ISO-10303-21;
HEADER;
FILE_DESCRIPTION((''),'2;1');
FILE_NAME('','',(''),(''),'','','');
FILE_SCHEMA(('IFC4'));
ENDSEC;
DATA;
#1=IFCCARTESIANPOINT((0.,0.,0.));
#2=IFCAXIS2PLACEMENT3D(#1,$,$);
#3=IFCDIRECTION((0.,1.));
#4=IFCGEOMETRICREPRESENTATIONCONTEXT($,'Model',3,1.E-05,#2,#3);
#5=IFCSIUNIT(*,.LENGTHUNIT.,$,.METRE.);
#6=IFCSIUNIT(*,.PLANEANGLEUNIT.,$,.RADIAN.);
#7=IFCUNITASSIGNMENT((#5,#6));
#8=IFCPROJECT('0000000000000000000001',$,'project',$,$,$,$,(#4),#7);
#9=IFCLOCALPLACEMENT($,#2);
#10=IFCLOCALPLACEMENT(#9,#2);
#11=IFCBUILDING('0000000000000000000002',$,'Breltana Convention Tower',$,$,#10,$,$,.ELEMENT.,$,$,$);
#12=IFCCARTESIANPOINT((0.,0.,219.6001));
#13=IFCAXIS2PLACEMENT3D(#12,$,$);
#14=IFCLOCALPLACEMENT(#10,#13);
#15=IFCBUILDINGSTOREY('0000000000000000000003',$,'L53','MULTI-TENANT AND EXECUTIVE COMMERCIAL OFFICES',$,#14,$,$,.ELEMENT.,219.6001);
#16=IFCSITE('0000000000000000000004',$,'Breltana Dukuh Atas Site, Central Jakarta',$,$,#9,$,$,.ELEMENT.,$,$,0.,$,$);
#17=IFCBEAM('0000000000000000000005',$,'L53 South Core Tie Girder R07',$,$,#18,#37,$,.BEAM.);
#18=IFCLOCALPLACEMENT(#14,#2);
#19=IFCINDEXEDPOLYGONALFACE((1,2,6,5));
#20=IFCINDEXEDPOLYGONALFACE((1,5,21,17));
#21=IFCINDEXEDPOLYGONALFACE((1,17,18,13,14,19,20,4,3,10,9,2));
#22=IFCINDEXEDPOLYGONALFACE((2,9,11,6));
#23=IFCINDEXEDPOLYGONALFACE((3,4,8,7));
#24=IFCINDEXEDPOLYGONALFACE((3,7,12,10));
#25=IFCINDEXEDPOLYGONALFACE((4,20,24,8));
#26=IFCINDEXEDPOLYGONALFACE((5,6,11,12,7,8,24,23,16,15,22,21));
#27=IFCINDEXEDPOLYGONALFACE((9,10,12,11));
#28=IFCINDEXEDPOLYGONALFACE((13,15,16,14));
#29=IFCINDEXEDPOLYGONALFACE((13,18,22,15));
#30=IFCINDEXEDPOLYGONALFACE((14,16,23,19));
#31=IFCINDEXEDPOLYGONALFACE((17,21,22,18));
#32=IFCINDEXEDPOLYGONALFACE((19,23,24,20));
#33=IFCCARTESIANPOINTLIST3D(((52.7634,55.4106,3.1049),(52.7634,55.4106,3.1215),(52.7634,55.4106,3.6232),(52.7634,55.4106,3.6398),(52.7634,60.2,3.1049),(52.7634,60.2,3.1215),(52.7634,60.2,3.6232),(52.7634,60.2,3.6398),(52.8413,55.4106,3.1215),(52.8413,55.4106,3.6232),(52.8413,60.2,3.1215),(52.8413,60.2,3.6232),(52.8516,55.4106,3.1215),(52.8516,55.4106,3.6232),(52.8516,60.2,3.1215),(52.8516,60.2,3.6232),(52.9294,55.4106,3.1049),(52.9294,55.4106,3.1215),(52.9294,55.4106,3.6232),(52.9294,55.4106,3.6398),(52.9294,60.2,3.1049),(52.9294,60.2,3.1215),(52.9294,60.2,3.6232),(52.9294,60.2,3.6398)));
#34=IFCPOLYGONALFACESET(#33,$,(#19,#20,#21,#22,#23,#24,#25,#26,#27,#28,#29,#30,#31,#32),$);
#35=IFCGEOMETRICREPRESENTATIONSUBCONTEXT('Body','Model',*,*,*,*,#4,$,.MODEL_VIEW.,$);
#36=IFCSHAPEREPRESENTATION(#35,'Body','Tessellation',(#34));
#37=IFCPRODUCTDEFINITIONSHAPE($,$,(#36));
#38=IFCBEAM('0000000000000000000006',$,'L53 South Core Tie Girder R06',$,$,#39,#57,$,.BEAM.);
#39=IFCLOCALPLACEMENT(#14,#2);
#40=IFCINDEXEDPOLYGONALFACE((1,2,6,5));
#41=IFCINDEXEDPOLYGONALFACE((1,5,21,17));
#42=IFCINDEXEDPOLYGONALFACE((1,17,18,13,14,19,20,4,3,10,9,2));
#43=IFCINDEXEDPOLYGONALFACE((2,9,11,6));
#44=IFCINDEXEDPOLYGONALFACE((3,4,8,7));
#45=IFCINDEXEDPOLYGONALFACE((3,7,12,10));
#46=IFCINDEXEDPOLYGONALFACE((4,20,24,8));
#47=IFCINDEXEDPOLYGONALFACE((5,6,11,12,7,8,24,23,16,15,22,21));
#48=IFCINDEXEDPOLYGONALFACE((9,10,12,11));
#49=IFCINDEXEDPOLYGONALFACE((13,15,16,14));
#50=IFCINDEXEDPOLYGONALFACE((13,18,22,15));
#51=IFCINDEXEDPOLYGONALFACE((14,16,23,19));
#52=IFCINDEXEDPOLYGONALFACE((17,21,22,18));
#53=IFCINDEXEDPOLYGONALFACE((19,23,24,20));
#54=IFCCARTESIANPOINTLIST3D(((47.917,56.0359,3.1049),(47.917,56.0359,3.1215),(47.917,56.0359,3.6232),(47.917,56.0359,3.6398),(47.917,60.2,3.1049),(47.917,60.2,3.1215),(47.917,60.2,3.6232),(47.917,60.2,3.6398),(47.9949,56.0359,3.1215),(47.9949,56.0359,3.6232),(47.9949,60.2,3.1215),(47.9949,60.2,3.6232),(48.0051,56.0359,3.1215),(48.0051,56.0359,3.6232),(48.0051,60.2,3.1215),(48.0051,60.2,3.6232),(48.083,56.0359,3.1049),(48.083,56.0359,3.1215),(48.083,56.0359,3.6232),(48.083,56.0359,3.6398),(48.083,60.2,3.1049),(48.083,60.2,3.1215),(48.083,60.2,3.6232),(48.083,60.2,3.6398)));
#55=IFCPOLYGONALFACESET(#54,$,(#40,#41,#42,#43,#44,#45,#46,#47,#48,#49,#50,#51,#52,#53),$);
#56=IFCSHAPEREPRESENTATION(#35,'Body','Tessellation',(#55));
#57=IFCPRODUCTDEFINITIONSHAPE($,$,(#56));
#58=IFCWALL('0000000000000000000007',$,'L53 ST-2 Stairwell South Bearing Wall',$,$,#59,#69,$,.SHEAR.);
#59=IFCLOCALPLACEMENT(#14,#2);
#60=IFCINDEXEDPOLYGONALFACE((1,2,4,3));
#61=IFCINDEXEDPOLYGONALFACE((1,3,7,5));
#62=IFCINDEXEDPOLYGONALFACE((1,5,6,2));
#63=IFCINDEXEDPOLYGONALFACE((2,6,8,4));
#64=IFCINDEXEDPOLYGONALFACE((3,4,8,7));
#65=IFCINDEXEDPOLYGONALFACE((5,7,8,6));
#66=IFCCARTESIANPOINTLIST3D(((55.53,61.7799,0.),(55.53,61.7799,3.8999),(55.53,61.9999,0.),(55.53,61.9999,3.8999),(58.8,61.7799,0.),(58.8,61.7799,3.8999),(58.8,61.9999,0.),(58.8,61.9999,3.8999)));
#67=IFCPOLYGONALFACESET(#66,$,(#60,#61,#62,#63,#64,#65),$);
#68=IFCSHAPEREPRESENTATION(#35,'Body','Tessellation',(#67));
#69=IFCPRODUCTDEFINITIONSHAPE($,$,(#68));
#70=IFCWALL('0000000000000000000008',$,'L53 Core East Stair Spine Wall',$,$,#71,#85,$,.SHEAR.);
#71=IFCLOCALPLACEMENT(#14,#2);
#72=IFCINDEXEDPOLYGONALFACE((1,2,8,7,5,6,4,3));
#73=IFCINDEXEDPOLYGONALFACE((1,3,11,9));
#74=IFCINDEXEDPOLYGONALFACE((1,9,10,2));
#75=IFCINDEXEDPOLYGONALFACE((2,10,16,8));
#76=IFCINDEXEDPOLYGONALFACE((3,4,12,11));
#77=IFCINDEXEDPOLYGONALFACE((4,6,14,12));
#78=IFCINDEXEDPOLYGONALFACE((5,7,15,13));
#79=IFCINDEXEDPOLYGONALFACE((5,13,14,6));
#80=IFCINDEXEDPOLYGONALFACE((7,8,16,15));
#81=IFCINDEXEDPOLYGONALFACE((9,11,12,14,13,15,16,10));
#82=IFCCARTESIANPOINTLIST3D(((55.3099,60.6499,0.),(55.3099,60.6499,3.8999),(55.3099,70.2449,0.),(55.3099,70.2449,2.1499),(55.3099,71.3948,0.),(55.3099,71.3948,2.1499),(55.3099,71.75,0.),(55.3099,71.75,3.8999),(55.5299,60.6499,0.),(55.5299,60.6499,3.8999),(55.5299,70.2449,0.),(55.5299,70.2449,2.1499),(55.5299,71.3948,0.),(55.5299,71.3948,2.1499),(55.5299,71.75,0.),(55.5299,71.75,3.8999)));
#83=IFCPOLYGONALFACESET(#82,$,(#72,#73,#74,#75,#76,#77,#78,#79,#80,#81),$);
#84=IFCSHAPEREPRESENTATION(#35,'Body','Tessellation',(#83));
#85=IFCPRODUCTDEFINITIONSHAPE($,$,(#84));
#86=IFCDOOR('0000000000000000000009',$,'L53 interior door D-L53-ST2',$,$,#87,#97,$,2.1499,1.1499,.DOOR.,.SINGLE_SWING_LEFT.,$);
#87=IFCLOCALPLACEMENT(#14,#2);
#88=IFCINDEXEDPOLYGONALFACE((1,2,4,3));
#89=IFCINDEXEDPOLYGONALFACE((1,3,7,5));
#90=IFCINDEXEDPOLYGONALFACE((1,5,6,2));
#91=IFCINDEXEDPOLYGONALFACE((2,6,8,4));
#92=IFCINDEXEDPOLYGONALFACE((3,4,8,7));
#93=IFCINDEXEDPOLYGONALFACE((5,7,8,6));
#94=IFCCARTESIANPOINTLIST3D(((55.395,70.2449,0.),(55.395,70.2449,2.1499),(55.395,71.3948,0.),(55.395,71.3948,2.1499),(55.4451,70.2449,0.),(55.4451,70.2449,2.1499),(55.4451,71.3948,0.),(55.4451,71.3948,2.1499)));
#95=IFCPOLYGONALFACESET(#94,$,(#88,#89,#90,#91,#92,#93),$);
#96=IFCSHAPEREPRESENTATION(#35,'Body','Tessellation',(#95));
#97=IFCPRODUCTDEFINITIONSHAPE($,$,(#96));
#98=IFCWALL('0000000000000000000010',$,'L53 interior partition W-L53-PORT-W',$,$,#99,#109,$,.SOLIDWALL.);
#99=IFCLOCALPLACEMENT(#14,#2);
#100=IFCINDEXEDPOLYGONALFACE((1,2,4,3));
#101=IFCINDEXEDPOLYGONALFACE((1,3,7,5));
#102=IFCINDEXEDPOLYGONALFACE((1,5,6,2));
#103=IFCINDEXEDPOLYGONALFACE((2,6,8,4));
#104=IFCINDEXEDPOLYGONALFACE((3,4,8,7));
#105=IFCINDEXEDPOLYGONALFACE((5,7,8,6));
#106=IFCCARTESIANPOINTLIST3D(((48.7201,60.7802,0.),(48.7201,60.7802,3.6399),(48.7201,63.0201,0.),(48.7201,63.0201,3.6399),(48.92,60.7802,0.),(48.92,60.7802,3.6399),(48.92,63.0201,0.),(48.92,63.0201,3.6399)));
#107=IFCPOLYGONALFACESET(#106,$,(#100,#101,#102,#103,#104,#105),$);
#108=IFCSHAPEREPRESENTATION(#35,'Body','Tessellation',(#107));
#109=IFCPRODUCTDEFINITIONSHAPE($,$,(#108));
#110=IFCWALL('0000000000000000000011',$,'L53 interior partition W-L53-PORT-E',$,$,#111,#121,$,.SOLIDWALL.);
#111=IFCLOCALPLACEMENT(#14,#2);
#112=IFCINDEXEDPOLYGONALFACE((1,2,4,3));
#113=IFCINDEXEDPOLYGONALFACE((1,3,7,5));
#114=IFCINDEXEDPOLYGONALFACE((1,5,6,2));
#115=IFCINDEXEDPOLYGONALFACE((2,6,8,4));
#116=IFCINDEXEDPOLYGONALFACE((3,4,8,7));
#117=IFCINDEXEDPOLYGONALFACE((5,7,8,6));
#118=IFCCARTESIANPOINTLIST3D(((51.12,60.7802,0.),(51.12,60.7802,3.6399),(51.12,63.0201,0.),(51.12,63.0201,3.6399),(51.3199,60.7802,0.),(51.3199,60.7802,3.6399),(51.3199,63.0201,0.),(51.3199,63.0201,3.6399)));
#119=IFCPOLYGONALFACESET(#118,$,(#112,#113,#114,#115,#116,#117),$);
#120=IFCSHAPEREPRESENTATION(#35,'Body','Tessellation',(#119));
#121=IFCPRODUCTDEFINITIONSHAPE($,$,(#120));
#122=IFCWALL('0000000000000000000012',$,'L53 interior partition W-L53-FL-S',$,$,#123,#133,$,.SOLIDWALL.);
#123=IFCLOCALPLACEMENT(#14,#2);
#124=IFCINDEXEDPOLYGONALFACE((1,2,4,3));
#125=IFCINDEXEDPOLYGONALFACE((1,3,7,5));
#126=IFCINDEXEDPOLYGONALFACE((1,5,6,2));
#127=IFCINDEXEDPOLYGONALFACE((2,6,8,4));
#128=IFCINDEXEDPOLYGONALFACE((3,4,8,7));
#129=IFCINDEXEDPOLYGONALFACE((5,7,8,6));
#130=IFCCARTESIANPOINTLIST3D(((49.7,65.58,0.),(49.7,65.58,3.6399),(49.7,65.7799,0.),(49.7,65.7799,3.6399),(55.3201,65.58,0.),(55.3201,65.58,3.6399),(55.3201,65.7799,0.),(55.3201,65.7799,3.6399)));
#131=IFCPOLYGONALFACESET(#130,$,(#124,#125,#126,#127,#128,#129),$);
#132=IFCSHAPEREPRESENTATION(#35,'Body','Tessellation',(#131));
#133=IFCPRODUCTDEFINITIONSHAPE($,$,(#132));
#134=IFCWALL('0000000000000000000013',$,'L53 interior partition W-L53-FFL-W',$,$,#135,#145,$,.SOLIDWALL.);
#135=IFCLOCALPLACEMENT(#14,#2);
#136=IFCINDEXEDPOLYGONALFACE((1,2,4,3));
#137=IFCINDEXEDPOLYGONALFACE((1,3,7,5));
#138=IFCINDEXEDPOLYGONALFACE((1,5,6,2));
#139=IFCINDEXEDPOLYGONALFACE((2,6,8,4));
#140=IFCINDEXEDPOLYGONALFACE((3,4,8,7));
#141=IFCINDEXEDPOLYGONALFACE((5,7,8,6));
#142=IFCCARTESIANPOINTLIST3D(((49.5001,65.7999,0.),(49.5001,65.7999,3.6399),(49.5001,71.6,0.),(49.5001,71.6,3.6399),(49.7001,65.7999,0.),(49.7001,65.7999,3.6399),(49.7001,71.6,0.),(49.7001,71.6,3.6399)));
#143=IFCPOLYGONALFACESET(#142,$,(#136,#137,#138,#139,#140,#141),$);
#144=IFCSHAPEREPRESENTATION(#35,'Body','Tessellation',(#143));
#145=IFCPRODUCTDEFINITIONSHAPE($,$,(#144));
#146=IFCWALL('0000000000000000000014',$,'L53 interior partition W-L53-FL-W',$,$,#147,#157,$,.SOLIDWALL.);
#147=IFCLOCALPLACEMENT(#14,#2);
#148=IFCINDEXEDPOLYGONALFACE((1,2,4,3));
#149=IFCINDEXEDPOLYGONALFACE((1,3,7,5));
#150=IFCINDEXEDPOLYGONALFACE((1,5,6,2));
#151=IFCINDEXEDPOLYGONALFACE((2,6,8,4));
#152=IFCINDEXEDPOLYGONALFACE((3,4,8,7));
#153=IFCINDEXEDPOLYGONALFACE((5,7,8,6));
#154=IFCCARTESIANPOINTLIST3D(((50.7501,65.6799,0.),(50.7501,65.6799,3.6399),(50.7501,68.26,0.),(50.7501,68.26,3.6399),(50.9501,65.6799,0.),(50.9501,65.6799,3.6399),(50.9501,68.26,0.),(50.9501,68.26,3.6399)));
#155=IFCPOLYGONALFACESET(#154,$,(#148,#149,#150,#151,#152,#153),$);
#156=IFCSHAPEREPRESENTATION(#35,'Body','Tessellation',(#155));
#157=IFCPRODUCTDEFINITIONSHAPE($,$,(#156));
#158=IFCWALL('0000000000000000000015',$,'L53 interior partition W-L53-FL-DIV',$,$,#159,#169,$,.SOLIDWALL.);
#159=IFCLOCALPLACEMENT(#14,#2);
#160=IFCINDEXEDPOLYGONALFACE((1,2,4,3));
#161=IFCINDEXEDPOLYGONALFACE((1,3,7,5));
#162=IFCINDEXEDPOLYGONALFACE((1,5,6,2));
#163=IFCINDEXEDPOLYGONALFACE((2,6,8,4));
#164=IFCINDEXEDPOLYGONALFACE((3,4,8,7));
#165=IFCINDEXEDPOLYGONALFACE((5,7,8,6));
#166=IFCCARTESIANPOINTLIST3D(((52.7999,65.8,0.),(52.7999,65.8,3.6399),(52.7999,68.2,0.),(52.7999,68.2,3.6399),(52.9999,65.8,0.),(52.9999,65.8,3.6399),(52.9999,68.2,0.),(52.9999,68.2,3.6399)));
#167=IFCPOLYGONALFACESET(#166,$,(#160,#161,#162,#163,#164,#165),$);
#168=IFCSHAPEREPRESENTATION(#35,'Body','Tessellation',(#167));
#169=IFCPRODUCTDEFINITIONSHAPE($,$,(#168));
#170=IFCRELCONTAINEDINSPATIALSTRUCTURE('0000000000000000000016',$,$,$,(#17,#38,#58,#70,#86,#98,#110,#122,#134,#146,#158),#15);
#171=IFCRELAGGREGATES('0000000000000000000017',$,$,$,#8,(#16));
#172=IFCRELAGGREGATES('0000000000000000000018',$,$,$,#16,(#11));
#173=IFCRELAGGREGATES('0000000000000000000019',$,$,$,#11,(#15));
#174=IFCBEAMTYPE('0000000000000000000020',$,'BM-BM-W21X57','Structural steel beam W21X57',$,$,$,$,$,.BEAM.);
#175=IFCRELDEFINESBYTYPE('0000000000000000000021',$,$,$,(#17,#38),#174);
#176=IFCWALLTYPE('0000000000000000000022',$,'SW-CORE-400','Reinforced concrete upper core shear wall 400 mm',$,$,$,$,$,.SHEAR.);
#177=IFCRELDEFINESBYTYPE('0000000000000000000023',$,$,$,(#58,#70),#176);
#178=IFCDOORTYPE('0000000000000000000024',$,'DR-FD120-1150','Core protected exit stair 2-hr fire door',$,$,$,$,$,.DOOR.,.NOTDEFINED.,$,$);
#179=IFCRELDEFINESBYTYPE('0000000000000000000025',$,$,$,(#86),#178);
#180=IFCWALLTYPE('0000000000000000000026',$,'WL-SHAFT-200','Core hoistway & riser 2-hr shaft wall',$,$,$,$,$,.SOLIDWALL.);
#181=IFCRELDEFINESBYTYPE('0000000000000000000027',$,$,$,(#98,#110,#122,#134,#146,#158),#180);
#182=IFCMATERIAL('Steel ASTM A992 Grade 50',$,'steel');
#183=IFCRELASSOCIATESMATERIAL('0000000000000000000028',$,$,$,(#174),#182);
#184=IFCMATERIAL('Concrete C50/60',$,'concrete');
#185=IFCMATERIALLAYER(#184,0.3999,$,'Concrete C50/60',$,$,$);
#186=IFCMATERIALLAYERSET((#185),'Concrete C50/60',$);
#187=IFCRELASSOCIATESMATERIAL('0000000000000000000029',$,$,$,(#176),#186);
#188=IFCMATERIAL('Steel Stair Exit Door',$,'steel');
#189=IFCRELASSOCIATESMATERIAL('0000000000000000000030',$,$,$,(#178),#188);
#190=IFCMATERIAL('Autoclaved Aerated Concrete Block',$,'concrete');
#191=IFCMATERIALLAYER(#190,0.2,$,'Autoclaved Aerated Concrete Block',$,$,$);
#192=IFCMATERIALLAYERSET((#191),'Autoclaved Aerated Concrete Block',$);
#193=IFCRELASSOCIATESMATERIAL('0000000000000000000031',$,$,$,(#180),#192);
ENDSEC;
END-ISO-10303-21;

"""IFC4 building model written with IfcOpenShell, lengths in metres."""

from ifc_helpers import new_model, si_unit, direction, frame, frame_2d, origin, origin_2d, place, context, subcontext, project, spatial, rectangle, i_section, extrude, source, transform, mapped, material, layer, layer_set, material_profile, profile_set, type_object, type_shapes, element, fill, save


model = new_model("IFC4")

# Units and contexts
model_context = context("Model", 3, precision=1e-05, world=origin(), true_north=direction((0.0, 1.0)))
body_context = subcontext(model_context, "Body", "Model", "MODEL_VIEW")
ifc_project = project(units=[si_unit("LENGTHUNIT", "METRE"), si_unit("PLANEANGLEUNIT", "RADIAN")], contexts=[model_context])

# Site, building, storey
site_placement = place(None, origin())
site = spatial("IfcSite", under=ifc_project, at=site_placement, Name="Breltana Dukuh Atas Site, Central Jakarta", CompositionType="ELEMENT", RefElevation=0.0)
building_placement = place(site_placement, origin())
building = spatial("IfcBuilding", under=site, at=building_placement, Name="Breltana Convention Tower", CompositionType="ELEMENT")
storey_placement = place(building_placement, frame((0.0, 0.0, 219.6001)))
storey = spatial("IfcBuildingStorey", under=building, at=storey_placement, Name="L53", Description="MULTI-TENANT AND EXECUTIVE COMMERCIAL OFFICES", CompositionType="ELEMENT", Elevation=219.6001)

# Beams
ifc_material_1 = material(Name="Steel ASTM A992 Grade 50", Category="steel")
ifc_material_profile = material_profile(ifc_material_1, i_section(OverallWidth=0.166, OverallDepth=0.5349, WebThickness=0.0103, FlangeThickness=0.0166, at=origin_2d()), Name="W21X57")
ifc_profile_set = profile_set([ifc_material_profile], Name="Steel ASTM A992 Grade 50")
beam_type = type_object("IfcBeamType", Name="BM-BM-W21X57", Description="Structural steel beam W21X57", PredefinedType="BEAM", material=ifc_profile_set)
shared_shape_1 = source(origin(), body_context, "Body", "SweptSolid", [
    extrude(i_section(OverallWidth=0.166, OverallDepth=0.5349, WebThickness=0.0103, FlangeThickness=0.0166, at=origin_2d()), origin(), (0.0, 0.0, 1.0), 4.7893),
])
beam_1_placement = place(storey_placement, frame((52.8464, 60.2, 3.3723), z_axis=(0.0, -1.0, 0.0), x_axis=(1.0, 0.0, 0.0)))
element("IfcBeam", 1, at=beam_1_placement, inside=storey, type_object=beam_type, Name="L53 South Core Tie Girder R07", PredefinedType="BEAM", context=body_context, shape_type="MappedRepresentation", body=[
    mapped(shared_shape_1, transform((0.0, 0.0, 0.0), scale=1.0)),
])
shared_shape_2 = source(origin(), body_context, "Body", "SweptSolid", [
    extrude(i_section(OverallWidth=0.166, OverallDepth=0.5349, WebThickness=0.0103, FlangeThickness=0.0166, at=origin_2d()), origin(), (0.0, 0.0, 1.0), 4.1641),
])
beam_2_placement = place(storey_placement, frame((48.0, 60.2, 3.3723), z_axis=(0.0, -1.0, 0.0), x_axis=(1.0, 0.0, 0.0)))
element("IfcBeam", 2, at=beam_2_placement, inside=storey, type_object=beam_type, Name="L53 South Core Tie Girder R06", PredefinedType="BEAM", context=body_context, shape_type="MappedRepresentation", body=[
    mapped(shared_shape_2, transform((0.0, 0.0, 0.0), scale=1.0)),
])

# Wall
ifc_material_2 = material(Name="Concrete C50/60", Category="concrete")
ifc_layer_1 = layer(ifc_material_2, 0.3999, Name="Concrete C50/60")
ifc_layer_set_1 = layer_set([ifc_layer_1], Name="Concrete C50/60")
wall_type_1 = type_object("IfcWallType", Name="SW-CORE-400", Description="Reinforced concrete upper core shear wall 400 mm", PredefinedType="SHEAR", material=ifc_layer_set_1)
shared_shape_3 = source(origin(), body_context, "Body", "SweptSolid", [
    extrude(rectangle(XDim=3.27, YDim=0.22, at=frame_2d((1.635, 0.0))), origin(), (0.0, 0.0, 1.0), 3.8999),
])
wall_1_placement = place(storey_placement, frame((55.53, 61.8899, 0.0), z_axis=(0.0, 0.0, 1.0), x_axis=(1.0, 0.0, 0.0)))
element("IfcWall", 3, at=wall_1_placement, inside=storey, type_object=wall_type_1, Name="L53 ST-2 Stairwell South Bearing Wall", PredefinedType="SHEAR", context=body_context, shape_type="MappedRepresentation", body=[
    mapped(shared_shape_3, transform((0.0, 0.0, 0.0), scale=1.0)),
])

# Wall, opening, door
shared_shape_4 = source(origin(), body_context, "Body", "SweptSolid", [
    extrude(rectangle(XDim=11.1001, YDim=0.22, at=frame_2d((5.55, 0.0))), origin(), (0.0, 0.0, 1.0), 3.8999),
])
wall_2_placement = place(storey_placement, frame((55.4199, 60.6499, 0.0), z_axis=(0.0, 0.0, 1.0), x_axis=(0.0, 1.0, 0.0)))
wall_2 = element("IfcWall", 4, at=wall_2_placement, inside=storey, type_object=wall_type_1, Name="L53 Core East Stair Spine Wall", PredefinedType="SHEAR", context=body_context, shape_type="MappedRepresentation", body=[
    mapped(shared_shape_4, transform((0.0, 0.0, 0.0), scale=1.0)),
])
opening_1_placement = place(wall_2_placement, frame((9.595, 0.0, 0.0)))
opening_1 = element("IfcOpeningElement", 5, at=opening_1_placement, cuts=wall_2, PredefinedType="OPENING", context=body_context, shape_type="SweptSolid", body=[
    extrude(rectangle(XDim=1.1499, YDim=2.1499, at=frame_2d((0.575, 1.075))), frame((0.0, 0.1201, 0.0), z_axis=(0.0, -1.0, 0.0), x_axis=(1.0, 0.0, 0.0)), (0.0, 0.0, 1.0), 0.24),
])
ifc_material_3 = material(Name="Steel Stair Exit Door", Category="steel")
door_type_1 = type_object("IfcDoorType", Name="DR-FD120-1150", Description="Core protected exit stair 2-hr fire door", OperationType="NOTDEFINED", PredefinedType="DOOR", material=ifc_material_3)
shared_shape_5 = source(origin(), body_context, "Body", "SweptSolid", [
    extrude(rectangle(XDim=1.1499, YDim=2.1499, at=frame_2d((0.575, 1.075))), frame((0.0, 0.0249, 0.0), z_axis=(0.0, -1.0, 0.0), x_axis=(1.0, 0.0, 0.0)), (0.0, 0.0, 1.0), 0.05),
])
type_shapes(door_type_1, [shared_shape_5])
door_1_placement = place(opening_1_placement, origin())
door_1 = element("IfcDoor", 6, at=door_1_placement, inside=storey, type_object=door_type_1, Name="L53 interior door D-L53-ST2", OperationType="SINGLE_SWING_LEFT", OverallHeight=2.1499, OverallWidth=1.1499, PredefinedType="DOOR", context=body_context, shape_type="MappedRepresentation", body=[
    mapped(shared_shape_5, transform((0.0, 0.0, 0.0), scale=1.0)),
])
fill(opening_1, door_1)

# Walls
ifc_material_4 = material(Name="Autoclaved Aerated Concrete Block", Category="concrete")
ifc_layer_2 = layer(ifc_material_4, 0.2, Name="Autoclaved Aerated Concrete Block")
ifc_layer_set_2 = layer_set([ifc_layer_2], Name="Autoclaved Aerated Concrete Block")
wall_type_2 = type_object("IfcWallType", Name="WL-SHAFT-200", Description="Core hoistway & riser 2-hr shaft wall", PredefinedType="SOLIDWALL", material=ifc_layer_set_2)
shared_shape_6 = source(origin(), body_context, "Body", "SweptSolid", [
    extrude(rectangle(XDim=2.24, YDim=0.2, at=frame_2d((1.1201, 0.0))), origin(), (0.0, 0.0, 1.0), 3.6399),
])
for number, where, z_axis, x_axis, name in (
    (7, (48.8201, 60.78, 0.0), (0.0, 0.0, 1.0), (0.0, 1.0, 0.0), "L53 interior partition W-L53-PORT-W"),
    (8, (51.22, 60.78, 0.0), (0.0, 0.0, 1.0), (0.0, 1.0, 0.0), "L53 interior partition W-L53-PORT-E"),
):
    element("IfcWall", number, at=place(storey_placement, frame(where, z_axis=z_axis, x_axis=x_axis)), inside=storey, type_object=wall_type_2, Name=name, PredefinedType="SOLIDWALL", context=body_context, shape_type="MappedRepresentation", body=[
        mapped(shared_shape_6, transform((0.0, 0.0, 0.0), scale=1.0)),
    ])

# Shared definitions
shared_shape_7 = source(origin(), body_context, "Body", "SweptSolid", [
    extrude(rectangle(XDim=5.6201, YDim=0.2, at=frame_2d((2.8101, 0.0))), origin(), (0.0, 0.0, 1.0), 3.6399),
])

# Walls
wall_3_placement = place(storey_placement, frame((49.7, 65.6799, 0.0), z_axis=(0.0, 0.0, 1.0), x_axis=(1.0, 0.0, 0.0)))
element("IfcWall", 9, at=wall_3_placement, inside=storey, type_object=wall_type_2, Name="L53 interior partition W-L53-FL-S", PredefinedType="SOLIDWALL", context=body_context, shape_type="MappedRepresentation", body=[
    mapped(shared_shape_7, transform((0.0, 0.0, 0.0), scale=1.0)),
])
shared_shape_8 = source(origin(), body_context, "Body", "SweptSolid", [
    extrude(rectangle(XDim=5.8, YDim=0.2, at=frame_2d((2.8999, 0.0))), origin(), (0.0, 0.0, 1.0), 3.6399),
])
wall_4_placement = place(storey_placement, frame((49.6001, 65.8, 0.0), z_axis=(0.0, 0.0, 1.0), x_axis=(0.0, 1.0, 0.0)))
element("IfcWall", 10, at=wall_4_placement, inside=storey, type_object=wall_type_2, Name="L53 interior partition W-L53-FFL-W", PredefinedType="SOLIDWALL", context=body_context, shape_type="MappedRepresentation", body=[
    mapped(shared_shape_8, transform((0.0, 0.0, 0.0), scale=1.0)),
])
shared_shape_9 = source(origin(), body_context, "Body", "SweptSolid", [
    extrude(rectangle(XDim=2.5801, YDim=0.2, at=frame_2d((1.29, 0.0))), origin(), (0.0, 0.0, 1.0), 3.6399),
])
wall_5_placement = place(storey_placement, frame((50.8501, 65.6799, 0.0), z_axis=(0.0, 0.0, 1.0), x_axis=(0.0, 1.0, 0.0)))
element("IfcWall", 11, at=wall_5_placement, inside=storey, type_object=wall_type_2, Name="L53 interior partition W-L53-FL-W", PredefinedType="SOLIDWALL", context=body_context, shape_type="MappedRepresentation", body=[
    mapped(shared_shape_9, transform((0.0, 0.0, 0.0), scale=1.0)),
])
shared_shape_10 = source(origin(), body_context, "Body", "SweptSolid", [
    extrude(rectangle(XDim=2.3999, YDim=0.2, at=frame_2d((1.2, 0.0))), origin(), (0.0, 0.0, 1.0), 3.6399),
])
wall_6_placement = place(storey_placement, frame((52.8999, 65.8, 0.0), z_axis=(0.0, 0.0, 1.0), x_axis=(0.0, 1.0, 0.0)))
element("IfcWall", 12, at=wall_6_placement, inside=storey, type_object=wall_type_2, Name="L53 interior partition W-L53-FL-DIV", PredefinedType="SOLIDWALL", context=body_context, shape_type="MappedRepresentation", body=[
    mapped(shared_shape_10, transform((0.0, 0.0, 0.0), scale=1.0)),
])

save(model, "model.ifc")
